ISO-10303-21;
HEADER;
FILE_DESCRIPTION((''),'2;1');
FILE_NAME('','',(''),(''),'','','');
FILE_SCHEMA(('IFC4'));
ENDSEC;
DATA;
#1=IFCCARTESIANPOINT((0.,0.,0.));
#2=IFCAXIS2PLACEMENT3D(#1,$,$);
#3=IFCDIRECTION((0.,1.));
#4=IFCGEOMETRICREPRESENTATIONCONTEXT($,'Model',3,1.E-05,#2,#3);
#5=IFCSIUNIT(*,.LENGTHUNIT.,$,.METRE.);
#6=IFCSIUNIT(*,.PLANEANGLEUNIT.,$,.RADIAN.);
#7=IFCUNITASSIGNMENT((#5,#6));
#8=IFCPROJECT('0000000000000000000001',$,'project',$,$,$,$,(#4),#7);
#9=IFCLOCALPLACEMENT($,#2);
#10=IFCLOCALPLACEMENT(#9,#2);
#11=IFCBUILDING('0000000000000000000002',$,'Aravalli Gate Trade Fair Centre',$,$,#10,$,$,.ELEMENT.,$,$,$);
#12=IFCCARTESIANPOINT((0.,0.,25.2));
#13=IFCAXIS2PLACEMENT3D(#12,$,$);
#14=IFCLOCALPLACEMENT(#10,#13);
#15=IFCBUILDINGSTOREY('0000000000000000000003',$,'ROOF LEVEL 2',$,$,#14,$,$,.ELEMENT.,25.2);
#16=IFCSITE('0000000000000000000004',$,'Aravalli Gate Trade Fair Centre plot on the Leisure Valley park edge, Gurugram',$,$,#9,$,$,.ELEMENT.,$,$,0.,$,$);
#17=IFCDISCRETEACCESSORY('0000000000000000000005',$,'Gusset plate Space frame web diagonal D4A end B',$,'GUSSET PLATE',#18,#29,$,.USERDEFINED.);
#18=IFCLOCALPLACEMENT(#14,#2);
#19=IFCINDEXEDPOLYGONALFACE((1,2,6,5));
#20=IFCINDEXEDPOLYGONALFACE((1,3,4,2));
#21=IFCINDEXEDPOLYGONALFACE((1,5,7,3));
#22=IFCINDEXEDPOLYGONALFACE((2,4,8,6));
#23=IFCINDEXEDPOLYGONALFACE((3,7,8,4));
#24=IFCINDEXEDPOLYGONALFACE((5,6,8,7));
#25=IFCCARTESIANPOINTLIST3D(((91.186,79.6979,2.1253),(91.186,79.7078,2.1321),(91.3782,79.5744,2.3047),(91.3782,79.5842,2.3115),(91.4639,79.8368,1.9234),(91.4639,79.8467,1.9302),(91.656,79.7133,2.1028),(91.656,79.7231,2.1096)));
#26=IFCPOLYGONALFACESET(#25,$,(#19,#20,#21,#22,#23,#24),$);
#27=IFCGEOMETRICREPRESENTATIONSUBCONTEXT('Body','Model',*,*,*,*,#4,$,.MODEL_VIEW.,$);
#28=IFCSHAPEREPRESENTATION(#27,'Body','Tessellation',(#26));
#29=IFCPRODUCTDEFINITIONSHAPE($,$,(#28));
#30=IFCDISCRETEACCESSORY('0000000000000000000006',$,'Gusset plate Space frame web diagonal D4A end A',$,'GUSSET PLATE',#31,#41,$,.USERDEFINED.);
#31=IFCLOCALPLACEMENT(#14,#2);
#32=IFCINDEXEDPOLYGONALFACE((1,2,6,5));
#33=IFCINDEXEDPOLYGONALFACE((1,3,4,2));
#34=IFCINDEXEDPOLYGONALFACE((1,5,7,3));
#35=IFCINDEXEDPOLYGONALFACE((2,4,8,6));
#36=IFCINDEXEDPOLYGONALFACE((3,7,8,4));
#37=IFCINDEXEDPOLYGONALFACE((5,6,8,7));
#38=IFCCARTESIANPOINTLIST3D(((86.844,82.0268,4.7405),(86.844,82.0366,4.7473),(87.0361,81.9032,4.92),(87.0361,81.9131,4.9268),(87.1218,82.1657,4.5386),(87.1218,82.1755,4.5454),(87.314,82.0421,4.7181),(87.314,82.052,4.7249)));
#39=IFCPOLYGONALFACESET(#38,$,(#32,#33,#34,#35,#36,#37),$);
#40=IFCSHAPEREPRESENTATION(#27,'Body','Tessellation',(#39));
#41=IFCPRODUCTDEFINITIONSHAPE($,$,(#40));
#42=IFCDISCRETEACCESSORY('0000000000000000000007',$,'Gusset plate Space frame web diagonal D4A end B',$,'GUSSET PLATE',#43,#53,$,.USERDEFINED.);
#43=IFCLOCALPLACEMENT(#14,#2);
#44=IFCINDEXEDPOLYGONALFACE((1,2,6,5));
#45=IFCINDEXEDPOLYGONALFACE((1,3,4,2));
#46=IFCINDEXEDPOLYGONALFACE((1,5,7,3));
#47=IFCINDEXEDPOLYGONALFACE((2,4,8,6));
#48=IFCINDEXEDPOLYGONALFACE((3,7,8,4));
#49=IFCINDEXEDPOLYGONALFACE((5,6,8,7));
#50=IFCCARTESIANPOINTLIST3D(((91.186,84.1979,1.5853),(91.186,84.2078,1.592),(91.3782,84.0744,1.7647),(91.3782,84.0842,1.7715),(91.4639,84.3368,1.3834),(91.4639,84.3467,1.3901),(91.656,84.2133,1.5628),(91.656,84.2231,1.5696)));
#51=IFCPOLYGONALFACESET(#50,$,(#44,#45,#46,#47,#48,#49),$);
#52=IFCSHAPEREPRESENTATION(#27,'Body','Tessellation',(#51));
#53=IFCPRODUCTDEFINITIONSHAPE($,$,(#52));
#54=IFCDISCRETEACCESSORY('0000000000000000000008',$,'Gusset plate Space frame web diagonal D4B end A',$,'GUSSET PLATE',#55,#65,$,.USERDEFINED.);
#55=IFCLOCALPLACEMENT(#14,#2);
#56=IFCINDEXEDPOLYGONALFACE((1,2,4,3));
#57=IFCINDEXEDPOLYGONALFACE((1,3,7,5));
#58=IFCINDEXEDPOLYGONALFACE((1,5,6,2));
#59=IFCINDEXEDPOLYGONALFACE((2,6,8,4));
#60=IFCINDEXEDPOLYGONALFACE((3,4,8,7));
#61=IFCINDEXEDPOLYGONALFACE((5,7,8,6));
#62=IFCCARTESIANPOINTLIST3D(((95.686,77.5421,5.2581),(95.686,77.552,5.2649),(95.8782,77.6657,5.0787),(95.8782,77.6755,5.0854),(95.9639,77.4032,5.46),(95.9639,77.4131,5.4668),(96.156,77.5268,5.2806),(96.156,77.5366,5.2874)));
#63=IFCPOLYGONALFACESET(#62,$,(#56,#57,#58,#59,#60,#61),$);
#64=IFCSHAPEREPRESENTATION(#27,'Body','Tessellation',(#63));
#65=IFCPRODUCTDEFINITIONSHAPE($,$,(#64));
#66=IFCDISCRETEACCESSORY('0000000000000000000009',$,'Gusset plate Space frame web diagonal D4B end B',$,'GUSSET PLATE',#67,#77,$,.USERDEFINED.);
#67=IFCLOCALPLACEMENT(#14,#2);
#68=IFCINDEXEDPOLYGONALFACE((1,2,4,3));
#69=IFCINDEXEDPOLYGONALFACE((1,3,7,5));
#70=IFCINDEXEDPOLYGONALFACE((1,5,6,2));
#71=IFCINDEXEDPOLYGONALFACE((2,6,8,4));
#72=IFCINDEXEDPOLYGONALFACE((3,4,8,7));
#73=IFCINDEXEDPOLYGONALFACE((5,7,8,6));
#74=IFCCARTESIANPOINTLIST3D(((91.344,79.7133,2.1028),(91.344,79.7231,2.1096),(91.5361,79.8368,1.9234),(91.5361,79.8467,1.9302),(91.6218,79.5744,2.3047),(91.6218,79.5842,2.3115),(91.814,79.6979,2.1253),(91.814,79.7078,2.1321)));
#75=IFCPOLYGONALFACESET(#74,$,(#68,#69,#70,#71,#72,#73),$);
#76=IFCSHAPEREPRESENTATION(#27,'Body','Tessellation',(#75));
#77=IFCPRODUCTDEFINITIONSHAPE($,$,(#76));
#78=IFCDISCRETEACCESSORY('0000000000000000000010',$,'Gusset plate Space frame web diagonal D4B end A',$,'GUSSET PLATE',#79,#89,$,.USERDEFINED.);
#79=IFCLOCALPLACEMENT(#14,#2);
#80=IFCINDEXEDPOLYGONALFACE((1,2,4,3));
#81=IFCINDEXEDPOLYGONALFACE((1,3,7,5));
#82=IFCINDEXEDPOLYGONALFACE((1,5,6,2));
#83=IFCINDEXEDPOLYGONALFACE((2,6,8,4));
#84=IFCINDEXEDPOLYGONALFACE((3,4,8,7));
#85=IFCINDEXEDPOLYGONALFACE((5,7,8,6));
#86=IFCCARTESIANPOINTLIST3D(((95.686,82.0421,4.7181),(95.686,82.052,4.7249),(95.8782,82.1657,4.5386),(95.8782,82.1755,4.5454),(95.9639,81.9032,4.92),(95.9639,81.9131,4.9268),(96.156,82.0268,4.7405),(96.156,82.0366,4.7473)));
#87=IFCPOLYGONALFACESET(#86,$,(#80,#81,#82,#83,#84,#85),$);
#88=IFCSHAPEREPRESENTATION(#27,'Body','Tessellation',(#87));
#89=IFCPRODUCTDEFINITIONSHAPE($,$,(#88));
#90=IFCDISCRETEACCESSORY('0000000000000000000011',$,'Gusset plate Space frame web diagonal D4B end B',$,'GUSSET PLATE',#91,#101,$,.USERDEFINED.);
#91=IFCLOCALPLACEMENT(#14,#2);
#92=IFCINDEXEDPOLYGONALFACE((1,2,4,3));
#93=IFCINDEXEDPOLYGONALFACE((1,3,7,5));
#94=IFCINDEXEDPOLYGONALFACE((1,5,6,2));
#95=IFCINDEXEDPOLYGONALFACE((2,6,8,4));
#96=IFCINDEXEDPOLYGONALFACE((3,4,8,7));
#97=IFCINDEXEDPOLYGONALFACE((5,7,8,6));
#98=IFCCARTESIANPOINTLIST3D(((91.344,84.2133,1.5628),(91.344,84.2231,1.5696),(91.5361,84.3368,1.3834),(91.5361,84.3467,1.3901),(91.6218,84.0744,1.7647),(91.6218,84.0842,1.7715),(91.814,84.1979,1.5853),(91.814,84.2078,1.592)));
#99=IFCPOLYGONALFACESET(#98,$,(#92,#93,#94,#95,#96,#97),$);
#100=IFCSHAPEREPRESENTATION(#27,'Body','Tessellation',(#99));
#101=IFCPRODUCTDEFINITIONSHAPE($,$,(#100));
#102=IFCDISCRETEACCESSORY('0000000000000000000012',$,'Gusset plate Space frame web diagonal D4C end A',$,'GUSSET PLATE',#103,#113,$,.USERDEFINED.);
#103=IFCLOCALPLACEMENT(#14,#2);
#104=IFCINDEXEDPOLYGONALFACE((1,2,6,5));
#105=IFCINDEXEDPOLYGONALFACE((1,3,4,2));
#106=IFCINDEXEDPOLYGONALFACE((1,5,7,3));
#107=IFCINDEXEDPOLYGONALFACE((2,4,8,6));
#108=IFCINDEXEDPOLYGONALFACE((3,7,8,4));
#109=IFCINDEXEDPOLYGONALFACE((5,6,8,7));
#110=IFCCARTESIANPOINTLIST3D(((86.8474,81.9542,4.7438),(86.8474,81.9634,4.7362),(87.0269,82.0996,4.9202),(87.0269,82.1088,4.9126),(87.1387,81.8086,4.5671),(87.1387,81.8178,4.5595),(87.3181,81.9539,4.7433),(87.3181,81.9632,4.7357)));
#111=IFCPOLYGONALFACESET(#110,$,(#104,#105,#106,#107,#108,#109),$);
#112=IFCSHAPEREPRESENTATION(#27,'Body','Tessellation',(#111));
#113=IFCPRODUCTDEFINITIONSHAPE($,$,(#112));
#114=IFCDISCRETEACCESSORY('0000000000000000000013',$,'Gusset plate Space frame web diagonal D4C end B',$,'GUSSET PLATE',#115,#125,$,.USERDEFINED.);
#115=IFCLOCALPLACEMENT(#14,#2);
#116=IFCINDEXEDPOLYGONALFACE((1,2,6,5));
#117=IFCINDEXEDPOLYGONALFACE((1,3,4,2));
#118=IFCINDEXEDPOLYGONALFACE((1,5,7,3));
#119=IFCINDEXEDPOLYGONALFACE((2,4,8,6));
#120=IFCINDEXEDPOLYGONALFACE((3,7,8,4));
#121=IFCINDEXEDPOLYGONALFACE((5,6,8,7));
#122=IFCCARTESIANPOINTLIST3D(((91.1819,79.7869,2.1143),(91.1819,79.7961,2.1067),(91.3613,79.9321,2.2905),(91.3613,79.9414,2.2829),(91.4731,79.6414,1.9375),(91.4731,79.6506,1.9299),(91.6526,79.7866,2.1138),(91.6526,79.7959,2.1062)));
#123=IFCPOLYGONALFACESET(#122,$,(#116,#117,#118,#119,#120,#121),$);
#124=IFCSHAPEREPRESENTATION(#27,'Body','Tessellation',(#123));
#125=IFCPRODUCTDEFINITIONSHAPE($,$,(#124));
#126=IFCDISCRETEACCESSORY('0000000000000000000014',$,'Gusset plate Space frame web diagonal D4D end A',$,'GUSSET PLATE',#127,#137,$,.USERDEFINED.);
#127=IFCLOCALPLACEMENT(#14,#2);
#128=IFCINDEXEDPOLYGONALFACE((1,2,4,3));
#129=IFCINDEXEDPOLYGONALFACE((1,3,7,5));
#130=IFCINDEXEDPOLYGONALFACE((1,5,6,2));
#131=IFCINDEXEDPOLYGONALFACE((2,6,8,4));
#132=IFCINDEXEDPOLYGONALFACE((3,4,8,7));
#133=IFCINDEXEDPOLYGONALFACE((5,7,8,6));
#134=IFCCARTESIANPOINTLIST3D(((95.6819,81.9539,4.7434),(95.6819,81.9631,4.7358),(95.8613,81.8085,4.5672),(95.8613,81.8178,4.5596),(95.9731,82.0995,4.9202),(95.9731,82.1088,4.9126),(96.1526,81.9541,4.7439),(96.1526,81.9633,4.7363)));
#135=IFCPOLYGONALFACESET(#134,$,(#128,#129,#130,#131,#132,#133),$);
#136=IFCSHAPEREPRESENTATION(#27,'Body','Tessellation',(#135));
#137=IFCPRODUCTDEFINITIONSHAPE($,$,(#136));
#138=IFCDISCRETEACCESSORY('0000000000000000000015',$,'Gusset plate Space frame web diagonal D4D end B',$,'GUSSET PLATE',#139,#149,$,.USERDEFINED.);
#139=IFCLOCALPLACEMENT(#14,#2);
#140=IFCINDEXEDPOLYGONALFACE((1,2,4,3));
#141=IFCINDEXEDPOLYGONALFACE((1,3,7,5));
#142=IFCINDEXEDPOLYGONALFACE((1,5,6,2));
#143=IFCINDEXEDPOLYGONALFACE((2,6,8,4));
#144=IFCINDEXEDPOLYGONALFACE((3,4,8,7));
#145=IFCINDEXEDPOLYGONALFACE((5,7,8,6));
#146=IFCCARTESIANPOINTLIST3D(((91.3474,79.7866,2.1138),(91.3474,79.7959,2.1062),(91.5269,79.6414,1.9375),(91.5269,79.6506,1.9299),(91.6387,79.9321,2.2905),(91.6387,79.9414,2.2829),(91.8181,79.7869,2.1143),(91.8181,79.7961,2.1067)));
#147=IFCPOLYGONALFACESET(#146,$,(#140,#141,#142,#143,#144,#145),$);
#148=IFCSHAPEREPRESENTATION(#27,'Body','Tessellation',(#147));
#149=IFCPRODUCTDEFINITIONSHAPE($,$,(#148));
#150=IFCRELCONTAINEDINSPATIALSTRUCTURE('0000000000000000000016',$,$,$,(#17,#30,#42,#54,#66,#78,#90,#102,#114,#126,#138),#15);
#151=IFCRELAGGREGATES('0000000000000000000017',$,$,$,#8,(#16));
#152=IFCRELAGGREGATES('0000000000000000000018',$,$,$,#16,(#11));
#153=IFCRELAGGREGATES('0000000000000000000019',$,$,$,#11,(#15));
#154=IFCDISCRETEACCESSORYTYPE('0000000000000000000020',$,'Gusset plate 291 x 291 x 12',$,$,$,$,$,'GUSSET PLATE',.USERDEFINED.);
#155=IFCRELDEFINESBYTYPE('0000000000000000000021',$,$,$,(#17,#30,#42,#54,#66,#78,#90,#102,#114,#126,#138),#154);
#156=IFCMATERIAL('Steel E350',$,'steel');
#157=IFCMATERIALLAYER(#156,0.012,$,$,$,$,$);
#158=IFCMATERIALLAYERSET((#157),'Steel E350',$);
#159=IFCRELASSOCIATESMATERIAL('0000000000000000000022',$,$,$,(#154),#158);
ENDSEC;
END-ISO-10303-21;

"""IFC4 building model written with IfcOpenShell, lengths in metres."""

from ifc_helpers import new_model, si_unit, direction, frame, origin, place, context, subcontext, project, spatial, polyline, outline, extrude, material, layer, layer_set, type_object, element, save


model = new_model("IFC4")

# Units and contexts
model_context = context("Model", 3, precision=1e-05, world=origin(), true_north=direction((0.0, 1.0)))
body_context = subcontext(model_context, "Body", "Model", "MODEL_VIEW")
ifc_project = project(units=[si_unit("LENGTHUNIT", "METRE"), si_unit("PLANEANGLEUNIT", "RADIAN")], contexts=[model_context])

# Site, building, storey
site_placement = place(None, origin())
site = spatial("IfcSite", under=ifc_project, at=site_placement, Name="Aravalli Gate Trade Fair Centre plot on the Leisure Valley park edge, Gurugram", CompositionType="ELEMENT", RefElevation=0.0)
building_placement = place(site_placement, origin())
building = spatial("IfcBuilding", under=site, at=building_placement, Name="Aravalli Gate Trade Fair Centre", CompositionType="ELEMENT")
storey_placement = place(building_placement, frame((0.0, 0.0, 25.2)))
storey = spatial("IfcBuildingStorey", under=building, at=storey_placement, Name="ROOF LEVEL 2", CompositionType="ELEMENT", Elevation=25.2)

# Shared definitions
ifc_material = material(Name="Steel E350", Category="steel")

# Discrete accessories
ifc_layer = layer(ifc_material, 0.012)
ifc_layer_set = layer_set([ifc_layer], Name="Steel E350")
discrete_accessory_type = type_object("IfcDiscreteAccessoryType", Name="Gusset plate 291 x 291 x 12", ElementType="GUSSET PLATE", PredefinedType="USERDEFINED", material=ifc_layer_set)
discrete_accessory_1_placement = place(storey_placement, frame((91.186, 79.7078, 2.1321), z_axis=(0.000137, 0.82375, 0.566952), x_axis=(0.749929, 0.374965, -0.544984)))
element("IfcDiscreteAccessory", 1, at=discrete_accessory_1_placement, inside=storey, type_object=discrete_accessory_type, Name="Gusset plate Space frame web diagonal D4A end B", ObjectType="GUSSET PLATE", PredefinedType="USERDEFINED", context=body_context, shape_type="SweptSolid", body=[
    extrude(outline(polyline([(0.0, 0.0), (0.3705, 0.0), (0.3705, -0.2905), (0.0, -0.2905), (0.0, 0.0)])), origin(), (0.0, 0.0, -1.0), 0.012),
])
discrete_accessory_2_placement = place(storey_placement, frame((87.1218, 82.1755, 4.5454), z_axis=(0.000137, 0.82375, 0.566952), x_axis=(-0.749929, -0.374965, 0.544984)))
element("IfcDiscreteAccessory", 2, at=discrete_accessory_2_placement, inside=storey, type_object=discrete_accessory_type, Name="Gusset plate Space frame web diagonal D4A end A", ObjectType="GUSSET PLATE", PredefinedType="USERDEFINED", context=body_context, shape_type="SweptSolid", body=[
    extrude(outline(polyline([(0.0, 0.0), (0.3705, 0.0), (0.3705, 0.2905), (0.0, 0.2905), (0.0, 0.0)])), origin(), (0.0, 0.0, -1.0), 0.012),
])
discrete_accessory_3_placement = place(storey_placement, frame((91.186, 84.2078, 1.592), z_axis=(0.000137, 0.82375, 0.566952), x_axis=(0.749929, 0.374965, -0.544984)))
element("IfcDiscreteAccessory", 3, at=discrete_accessory_3_placement, inside=storey, type_object=discrete_accessory_type, Name="Gusset plate Space frame web diagonal D4A end B", ObjectType="GUSSET PLATE", PredefinedType="USERDEFINED", context=body_context, shape_type="SweptSolid", body=[
    extrude(outline(polyline([(0.0, 0.0), (0.3705, 0.0), (0.3705, -0.2905), (0.0, -0.2905), (0.0, 0.0)])), origin(), (0.0, 0.0, -1.0), 0.012),
])
discrete_accessory_4_placement = place(storey_placement, frame((95.686, 77.552, 5.2649), z_axis=(-0.000137, 0.82375, 0.566952), x_axis=(0.749929, -0.374965, 0.544984)))
element("IfcDiscreteAccessory", 4, at=discrete_accessory_4_placement, inside=storey, type_object=discrete_accessory_type, Name="Gusset plate Space frame web diagonal D4B end A", ObjectType="GUSSET PLATE", PredefinedType="USERDEFINED", context=body_context, shape_type="SweptSolid", body=[
    extrude(outline(polyline([(0.0, 0.0), (0.3705, 0.0), (0.3705, 0.2905), (0.0, 0.2905), (0.0, 0.0)])), origin(), (0.0, 0.0, -1.0), 0.012),
])
discrete_accessory_5_placement = place(storey_placement, frame((91.6218, 79.5842, 2.3115), z_axis=(-0.000137, 0.82375, 0.566952), x_axis=(-0.749929, 0.374965, -0.544984)))
element("IfcDiscreteAccessory", 5, at=discrete_accessory_5_placement, inside=storey, type_object=discrete_accessory_type, Name="Gusset plate Space frame web diagonal D4B end B", ObjectType="GUSSET PLATE", PredefinedType="USERDEFINED", context=body_context, shape_type="SweptSolid", body=[
    extrude(outline(polyline([(0.0, 0.0), (0.3705, 0.0), (0.3705, -0.2905), (0.0, -0.2905), (0.0, 0.0)])), origin(), (0.0, 0.0, -1.0), 0.012),
])
discrete_accessory_6_placement = place(storey_placement, frame((95.686, 82.052, 4.7249), z_axis=(-0.000137, 0.82375, 0.566952), x_axis=(0.749929, -0.374965, 0.544984)))
element("IfcDiscreteAccessory", 6, at=discrete_accessory_6_placement, inside=storey, type_object=discrete_accessory_type, Name="Gusset plate Space frame web diagonal D4B end A", ObjectType="GUSSET PLATE", PredefinedType="USERDEFINED", context=body_context, shape_type="SweptSolid", body=[
    extrude(outline(polyline([(0.0, 0.0), (0.3705, 0.0), (0.3705, 0.2905), (0.0, 0.2905), (0.0, 0.0)])), origin(), (0.0, 0.0, -1.0), 0.012),
])
discrete_accessory_7_placement = place(storey_placement, frame((91.6218, 84.0842, 1.7715), z_axis=(-0.000137, 0.82375, 0.566952), x_axis=(-0.749929, 0.374965, -0.544984)))
element("IfcDiscreteAccessory", 7, at=discrete_accessory_7_placement, inside=storey, type_object=discrete_accessory_type, Name="Gusset plate Space frame web diagonal D4B end B", ObjectType="GUSSET PLATE", PredefinedType="USERDEFINED", context=body_context, shape_type="SweptSolid", body=[
    extrude(outline(polyline([(0.0, 0.0), (0.3705, 0.0), (0.3705, -0.2905), (0.0, -0.2905), (0.0, 0.0)])), origin(), (0.0, 0.0, -1.0), 0.012),
])
discrete_accessory_8_placement = place(storey_placement, frame((87.1387, 81.8086, 4.5671), z_axis=(0.00026, -0.771582, 0.63613), x_axis=(-0.78619, 0.392962, 0.476956)))
element("IfcDiscreteAccessory", 8, at=discrete_accessory_8_placement, inside=storey, type_object=discrete_accessory_type, Name="Gusset plate Space frame web diagonal D4C end A", ObjectType="GUSSET PLATE", PredefinedType="USERDEFINED", context=body_context, shape_type="SweptSolid", body=[
    extrude(outline(polyline([(0.0, 0.0), (0.3705, 0.0), (0.3706, -0.2906), (0.0001, -0.2905), (0.0, 0.0)])), origin(), (0.0, 0.0, -1.0), 0.012),
])
discrete_accessory_9_placement = place(storey_placement, frame((91.1819, 79.7869, 2.1143), z_axis=(0.000259, -0.771844, 0.635812), x_axis=(0.78619, -0.392765, -0.477118)))
element("IfcDiscreteAccessory", 9, at=discrete_accessory_9_placement, inside=storey, type_object=discrete_accessory_type, Name="Gusset plate Space frame web diagonal D4C end B", ObjectType="GUSSET PLATE", PredefinedType="USERDEFINED", context=body_context, shape_type="SweptSolid", body=[
    extrude(outline(polyline([(0.0, 0.0), (0.3705, 0.0), (0.3704, 0.2905), (-0.0001, 0.2905), (0.0, 0.0)])), origin(), (0.0, 0.0, -1.0), 0.012),
])
discrete_accessory_10_placement = place(storey_placement, frame((95.6819, 81.9539, 4.7434), z_axis=(-0.00026, -0.771582, 0.63613), x_axis=(0.785986, 0.393126, 0.477156)))
element("IfcDiscreteAccessory", 10, at=discrete_accessory_10_placement, inside=storey, type_object=discrete_accessory_type, Name="Gusset plate Space frame web diagonal D4D end A", ObjectType="GUSSET PLATE", PredefinedType="USERDEFINED", context=body_context, shape_type="SweptSolid", body=[
    extrude(outline(polyline([(0.0, 0.0), (0.3706, 0.0), (0.3703, -0.2906), (-0.0002, -0.2905), (0.0, 0.0)])), origin(), (0.0, 0.0, -1.0), 0.012),
])
discrete_accessory_11_placement = place(storey_placement, frame((91.6387, 79.9321, 2.2905), z_axis=(-0.000259, -0.771844, 0.635812), x_axis=(-0.78619, -0.392765, -0.477118)))
element("IfcDiscreteAccessory", 11, at=discrete_accessory_11_placement, inside=storey, type_object=discrete_accessory_type, Name="Gusset plate Space frame web diagonal D4D end B", ObjectType="GUSSET PLATE", PredefinedType="USERDEFINED", context=body_context, shape_type="SweptSolid", body=[
    extrude(outline(polyline([(0.0, 0.0), (0.3705, 0.0), (0.3705, 0.2905), (0.0001, 0.2905), (0.0, 0.0)])), origin(), (0.0, 0.0, -1.0), 0.012),
])

save(model, "model.ifc")
